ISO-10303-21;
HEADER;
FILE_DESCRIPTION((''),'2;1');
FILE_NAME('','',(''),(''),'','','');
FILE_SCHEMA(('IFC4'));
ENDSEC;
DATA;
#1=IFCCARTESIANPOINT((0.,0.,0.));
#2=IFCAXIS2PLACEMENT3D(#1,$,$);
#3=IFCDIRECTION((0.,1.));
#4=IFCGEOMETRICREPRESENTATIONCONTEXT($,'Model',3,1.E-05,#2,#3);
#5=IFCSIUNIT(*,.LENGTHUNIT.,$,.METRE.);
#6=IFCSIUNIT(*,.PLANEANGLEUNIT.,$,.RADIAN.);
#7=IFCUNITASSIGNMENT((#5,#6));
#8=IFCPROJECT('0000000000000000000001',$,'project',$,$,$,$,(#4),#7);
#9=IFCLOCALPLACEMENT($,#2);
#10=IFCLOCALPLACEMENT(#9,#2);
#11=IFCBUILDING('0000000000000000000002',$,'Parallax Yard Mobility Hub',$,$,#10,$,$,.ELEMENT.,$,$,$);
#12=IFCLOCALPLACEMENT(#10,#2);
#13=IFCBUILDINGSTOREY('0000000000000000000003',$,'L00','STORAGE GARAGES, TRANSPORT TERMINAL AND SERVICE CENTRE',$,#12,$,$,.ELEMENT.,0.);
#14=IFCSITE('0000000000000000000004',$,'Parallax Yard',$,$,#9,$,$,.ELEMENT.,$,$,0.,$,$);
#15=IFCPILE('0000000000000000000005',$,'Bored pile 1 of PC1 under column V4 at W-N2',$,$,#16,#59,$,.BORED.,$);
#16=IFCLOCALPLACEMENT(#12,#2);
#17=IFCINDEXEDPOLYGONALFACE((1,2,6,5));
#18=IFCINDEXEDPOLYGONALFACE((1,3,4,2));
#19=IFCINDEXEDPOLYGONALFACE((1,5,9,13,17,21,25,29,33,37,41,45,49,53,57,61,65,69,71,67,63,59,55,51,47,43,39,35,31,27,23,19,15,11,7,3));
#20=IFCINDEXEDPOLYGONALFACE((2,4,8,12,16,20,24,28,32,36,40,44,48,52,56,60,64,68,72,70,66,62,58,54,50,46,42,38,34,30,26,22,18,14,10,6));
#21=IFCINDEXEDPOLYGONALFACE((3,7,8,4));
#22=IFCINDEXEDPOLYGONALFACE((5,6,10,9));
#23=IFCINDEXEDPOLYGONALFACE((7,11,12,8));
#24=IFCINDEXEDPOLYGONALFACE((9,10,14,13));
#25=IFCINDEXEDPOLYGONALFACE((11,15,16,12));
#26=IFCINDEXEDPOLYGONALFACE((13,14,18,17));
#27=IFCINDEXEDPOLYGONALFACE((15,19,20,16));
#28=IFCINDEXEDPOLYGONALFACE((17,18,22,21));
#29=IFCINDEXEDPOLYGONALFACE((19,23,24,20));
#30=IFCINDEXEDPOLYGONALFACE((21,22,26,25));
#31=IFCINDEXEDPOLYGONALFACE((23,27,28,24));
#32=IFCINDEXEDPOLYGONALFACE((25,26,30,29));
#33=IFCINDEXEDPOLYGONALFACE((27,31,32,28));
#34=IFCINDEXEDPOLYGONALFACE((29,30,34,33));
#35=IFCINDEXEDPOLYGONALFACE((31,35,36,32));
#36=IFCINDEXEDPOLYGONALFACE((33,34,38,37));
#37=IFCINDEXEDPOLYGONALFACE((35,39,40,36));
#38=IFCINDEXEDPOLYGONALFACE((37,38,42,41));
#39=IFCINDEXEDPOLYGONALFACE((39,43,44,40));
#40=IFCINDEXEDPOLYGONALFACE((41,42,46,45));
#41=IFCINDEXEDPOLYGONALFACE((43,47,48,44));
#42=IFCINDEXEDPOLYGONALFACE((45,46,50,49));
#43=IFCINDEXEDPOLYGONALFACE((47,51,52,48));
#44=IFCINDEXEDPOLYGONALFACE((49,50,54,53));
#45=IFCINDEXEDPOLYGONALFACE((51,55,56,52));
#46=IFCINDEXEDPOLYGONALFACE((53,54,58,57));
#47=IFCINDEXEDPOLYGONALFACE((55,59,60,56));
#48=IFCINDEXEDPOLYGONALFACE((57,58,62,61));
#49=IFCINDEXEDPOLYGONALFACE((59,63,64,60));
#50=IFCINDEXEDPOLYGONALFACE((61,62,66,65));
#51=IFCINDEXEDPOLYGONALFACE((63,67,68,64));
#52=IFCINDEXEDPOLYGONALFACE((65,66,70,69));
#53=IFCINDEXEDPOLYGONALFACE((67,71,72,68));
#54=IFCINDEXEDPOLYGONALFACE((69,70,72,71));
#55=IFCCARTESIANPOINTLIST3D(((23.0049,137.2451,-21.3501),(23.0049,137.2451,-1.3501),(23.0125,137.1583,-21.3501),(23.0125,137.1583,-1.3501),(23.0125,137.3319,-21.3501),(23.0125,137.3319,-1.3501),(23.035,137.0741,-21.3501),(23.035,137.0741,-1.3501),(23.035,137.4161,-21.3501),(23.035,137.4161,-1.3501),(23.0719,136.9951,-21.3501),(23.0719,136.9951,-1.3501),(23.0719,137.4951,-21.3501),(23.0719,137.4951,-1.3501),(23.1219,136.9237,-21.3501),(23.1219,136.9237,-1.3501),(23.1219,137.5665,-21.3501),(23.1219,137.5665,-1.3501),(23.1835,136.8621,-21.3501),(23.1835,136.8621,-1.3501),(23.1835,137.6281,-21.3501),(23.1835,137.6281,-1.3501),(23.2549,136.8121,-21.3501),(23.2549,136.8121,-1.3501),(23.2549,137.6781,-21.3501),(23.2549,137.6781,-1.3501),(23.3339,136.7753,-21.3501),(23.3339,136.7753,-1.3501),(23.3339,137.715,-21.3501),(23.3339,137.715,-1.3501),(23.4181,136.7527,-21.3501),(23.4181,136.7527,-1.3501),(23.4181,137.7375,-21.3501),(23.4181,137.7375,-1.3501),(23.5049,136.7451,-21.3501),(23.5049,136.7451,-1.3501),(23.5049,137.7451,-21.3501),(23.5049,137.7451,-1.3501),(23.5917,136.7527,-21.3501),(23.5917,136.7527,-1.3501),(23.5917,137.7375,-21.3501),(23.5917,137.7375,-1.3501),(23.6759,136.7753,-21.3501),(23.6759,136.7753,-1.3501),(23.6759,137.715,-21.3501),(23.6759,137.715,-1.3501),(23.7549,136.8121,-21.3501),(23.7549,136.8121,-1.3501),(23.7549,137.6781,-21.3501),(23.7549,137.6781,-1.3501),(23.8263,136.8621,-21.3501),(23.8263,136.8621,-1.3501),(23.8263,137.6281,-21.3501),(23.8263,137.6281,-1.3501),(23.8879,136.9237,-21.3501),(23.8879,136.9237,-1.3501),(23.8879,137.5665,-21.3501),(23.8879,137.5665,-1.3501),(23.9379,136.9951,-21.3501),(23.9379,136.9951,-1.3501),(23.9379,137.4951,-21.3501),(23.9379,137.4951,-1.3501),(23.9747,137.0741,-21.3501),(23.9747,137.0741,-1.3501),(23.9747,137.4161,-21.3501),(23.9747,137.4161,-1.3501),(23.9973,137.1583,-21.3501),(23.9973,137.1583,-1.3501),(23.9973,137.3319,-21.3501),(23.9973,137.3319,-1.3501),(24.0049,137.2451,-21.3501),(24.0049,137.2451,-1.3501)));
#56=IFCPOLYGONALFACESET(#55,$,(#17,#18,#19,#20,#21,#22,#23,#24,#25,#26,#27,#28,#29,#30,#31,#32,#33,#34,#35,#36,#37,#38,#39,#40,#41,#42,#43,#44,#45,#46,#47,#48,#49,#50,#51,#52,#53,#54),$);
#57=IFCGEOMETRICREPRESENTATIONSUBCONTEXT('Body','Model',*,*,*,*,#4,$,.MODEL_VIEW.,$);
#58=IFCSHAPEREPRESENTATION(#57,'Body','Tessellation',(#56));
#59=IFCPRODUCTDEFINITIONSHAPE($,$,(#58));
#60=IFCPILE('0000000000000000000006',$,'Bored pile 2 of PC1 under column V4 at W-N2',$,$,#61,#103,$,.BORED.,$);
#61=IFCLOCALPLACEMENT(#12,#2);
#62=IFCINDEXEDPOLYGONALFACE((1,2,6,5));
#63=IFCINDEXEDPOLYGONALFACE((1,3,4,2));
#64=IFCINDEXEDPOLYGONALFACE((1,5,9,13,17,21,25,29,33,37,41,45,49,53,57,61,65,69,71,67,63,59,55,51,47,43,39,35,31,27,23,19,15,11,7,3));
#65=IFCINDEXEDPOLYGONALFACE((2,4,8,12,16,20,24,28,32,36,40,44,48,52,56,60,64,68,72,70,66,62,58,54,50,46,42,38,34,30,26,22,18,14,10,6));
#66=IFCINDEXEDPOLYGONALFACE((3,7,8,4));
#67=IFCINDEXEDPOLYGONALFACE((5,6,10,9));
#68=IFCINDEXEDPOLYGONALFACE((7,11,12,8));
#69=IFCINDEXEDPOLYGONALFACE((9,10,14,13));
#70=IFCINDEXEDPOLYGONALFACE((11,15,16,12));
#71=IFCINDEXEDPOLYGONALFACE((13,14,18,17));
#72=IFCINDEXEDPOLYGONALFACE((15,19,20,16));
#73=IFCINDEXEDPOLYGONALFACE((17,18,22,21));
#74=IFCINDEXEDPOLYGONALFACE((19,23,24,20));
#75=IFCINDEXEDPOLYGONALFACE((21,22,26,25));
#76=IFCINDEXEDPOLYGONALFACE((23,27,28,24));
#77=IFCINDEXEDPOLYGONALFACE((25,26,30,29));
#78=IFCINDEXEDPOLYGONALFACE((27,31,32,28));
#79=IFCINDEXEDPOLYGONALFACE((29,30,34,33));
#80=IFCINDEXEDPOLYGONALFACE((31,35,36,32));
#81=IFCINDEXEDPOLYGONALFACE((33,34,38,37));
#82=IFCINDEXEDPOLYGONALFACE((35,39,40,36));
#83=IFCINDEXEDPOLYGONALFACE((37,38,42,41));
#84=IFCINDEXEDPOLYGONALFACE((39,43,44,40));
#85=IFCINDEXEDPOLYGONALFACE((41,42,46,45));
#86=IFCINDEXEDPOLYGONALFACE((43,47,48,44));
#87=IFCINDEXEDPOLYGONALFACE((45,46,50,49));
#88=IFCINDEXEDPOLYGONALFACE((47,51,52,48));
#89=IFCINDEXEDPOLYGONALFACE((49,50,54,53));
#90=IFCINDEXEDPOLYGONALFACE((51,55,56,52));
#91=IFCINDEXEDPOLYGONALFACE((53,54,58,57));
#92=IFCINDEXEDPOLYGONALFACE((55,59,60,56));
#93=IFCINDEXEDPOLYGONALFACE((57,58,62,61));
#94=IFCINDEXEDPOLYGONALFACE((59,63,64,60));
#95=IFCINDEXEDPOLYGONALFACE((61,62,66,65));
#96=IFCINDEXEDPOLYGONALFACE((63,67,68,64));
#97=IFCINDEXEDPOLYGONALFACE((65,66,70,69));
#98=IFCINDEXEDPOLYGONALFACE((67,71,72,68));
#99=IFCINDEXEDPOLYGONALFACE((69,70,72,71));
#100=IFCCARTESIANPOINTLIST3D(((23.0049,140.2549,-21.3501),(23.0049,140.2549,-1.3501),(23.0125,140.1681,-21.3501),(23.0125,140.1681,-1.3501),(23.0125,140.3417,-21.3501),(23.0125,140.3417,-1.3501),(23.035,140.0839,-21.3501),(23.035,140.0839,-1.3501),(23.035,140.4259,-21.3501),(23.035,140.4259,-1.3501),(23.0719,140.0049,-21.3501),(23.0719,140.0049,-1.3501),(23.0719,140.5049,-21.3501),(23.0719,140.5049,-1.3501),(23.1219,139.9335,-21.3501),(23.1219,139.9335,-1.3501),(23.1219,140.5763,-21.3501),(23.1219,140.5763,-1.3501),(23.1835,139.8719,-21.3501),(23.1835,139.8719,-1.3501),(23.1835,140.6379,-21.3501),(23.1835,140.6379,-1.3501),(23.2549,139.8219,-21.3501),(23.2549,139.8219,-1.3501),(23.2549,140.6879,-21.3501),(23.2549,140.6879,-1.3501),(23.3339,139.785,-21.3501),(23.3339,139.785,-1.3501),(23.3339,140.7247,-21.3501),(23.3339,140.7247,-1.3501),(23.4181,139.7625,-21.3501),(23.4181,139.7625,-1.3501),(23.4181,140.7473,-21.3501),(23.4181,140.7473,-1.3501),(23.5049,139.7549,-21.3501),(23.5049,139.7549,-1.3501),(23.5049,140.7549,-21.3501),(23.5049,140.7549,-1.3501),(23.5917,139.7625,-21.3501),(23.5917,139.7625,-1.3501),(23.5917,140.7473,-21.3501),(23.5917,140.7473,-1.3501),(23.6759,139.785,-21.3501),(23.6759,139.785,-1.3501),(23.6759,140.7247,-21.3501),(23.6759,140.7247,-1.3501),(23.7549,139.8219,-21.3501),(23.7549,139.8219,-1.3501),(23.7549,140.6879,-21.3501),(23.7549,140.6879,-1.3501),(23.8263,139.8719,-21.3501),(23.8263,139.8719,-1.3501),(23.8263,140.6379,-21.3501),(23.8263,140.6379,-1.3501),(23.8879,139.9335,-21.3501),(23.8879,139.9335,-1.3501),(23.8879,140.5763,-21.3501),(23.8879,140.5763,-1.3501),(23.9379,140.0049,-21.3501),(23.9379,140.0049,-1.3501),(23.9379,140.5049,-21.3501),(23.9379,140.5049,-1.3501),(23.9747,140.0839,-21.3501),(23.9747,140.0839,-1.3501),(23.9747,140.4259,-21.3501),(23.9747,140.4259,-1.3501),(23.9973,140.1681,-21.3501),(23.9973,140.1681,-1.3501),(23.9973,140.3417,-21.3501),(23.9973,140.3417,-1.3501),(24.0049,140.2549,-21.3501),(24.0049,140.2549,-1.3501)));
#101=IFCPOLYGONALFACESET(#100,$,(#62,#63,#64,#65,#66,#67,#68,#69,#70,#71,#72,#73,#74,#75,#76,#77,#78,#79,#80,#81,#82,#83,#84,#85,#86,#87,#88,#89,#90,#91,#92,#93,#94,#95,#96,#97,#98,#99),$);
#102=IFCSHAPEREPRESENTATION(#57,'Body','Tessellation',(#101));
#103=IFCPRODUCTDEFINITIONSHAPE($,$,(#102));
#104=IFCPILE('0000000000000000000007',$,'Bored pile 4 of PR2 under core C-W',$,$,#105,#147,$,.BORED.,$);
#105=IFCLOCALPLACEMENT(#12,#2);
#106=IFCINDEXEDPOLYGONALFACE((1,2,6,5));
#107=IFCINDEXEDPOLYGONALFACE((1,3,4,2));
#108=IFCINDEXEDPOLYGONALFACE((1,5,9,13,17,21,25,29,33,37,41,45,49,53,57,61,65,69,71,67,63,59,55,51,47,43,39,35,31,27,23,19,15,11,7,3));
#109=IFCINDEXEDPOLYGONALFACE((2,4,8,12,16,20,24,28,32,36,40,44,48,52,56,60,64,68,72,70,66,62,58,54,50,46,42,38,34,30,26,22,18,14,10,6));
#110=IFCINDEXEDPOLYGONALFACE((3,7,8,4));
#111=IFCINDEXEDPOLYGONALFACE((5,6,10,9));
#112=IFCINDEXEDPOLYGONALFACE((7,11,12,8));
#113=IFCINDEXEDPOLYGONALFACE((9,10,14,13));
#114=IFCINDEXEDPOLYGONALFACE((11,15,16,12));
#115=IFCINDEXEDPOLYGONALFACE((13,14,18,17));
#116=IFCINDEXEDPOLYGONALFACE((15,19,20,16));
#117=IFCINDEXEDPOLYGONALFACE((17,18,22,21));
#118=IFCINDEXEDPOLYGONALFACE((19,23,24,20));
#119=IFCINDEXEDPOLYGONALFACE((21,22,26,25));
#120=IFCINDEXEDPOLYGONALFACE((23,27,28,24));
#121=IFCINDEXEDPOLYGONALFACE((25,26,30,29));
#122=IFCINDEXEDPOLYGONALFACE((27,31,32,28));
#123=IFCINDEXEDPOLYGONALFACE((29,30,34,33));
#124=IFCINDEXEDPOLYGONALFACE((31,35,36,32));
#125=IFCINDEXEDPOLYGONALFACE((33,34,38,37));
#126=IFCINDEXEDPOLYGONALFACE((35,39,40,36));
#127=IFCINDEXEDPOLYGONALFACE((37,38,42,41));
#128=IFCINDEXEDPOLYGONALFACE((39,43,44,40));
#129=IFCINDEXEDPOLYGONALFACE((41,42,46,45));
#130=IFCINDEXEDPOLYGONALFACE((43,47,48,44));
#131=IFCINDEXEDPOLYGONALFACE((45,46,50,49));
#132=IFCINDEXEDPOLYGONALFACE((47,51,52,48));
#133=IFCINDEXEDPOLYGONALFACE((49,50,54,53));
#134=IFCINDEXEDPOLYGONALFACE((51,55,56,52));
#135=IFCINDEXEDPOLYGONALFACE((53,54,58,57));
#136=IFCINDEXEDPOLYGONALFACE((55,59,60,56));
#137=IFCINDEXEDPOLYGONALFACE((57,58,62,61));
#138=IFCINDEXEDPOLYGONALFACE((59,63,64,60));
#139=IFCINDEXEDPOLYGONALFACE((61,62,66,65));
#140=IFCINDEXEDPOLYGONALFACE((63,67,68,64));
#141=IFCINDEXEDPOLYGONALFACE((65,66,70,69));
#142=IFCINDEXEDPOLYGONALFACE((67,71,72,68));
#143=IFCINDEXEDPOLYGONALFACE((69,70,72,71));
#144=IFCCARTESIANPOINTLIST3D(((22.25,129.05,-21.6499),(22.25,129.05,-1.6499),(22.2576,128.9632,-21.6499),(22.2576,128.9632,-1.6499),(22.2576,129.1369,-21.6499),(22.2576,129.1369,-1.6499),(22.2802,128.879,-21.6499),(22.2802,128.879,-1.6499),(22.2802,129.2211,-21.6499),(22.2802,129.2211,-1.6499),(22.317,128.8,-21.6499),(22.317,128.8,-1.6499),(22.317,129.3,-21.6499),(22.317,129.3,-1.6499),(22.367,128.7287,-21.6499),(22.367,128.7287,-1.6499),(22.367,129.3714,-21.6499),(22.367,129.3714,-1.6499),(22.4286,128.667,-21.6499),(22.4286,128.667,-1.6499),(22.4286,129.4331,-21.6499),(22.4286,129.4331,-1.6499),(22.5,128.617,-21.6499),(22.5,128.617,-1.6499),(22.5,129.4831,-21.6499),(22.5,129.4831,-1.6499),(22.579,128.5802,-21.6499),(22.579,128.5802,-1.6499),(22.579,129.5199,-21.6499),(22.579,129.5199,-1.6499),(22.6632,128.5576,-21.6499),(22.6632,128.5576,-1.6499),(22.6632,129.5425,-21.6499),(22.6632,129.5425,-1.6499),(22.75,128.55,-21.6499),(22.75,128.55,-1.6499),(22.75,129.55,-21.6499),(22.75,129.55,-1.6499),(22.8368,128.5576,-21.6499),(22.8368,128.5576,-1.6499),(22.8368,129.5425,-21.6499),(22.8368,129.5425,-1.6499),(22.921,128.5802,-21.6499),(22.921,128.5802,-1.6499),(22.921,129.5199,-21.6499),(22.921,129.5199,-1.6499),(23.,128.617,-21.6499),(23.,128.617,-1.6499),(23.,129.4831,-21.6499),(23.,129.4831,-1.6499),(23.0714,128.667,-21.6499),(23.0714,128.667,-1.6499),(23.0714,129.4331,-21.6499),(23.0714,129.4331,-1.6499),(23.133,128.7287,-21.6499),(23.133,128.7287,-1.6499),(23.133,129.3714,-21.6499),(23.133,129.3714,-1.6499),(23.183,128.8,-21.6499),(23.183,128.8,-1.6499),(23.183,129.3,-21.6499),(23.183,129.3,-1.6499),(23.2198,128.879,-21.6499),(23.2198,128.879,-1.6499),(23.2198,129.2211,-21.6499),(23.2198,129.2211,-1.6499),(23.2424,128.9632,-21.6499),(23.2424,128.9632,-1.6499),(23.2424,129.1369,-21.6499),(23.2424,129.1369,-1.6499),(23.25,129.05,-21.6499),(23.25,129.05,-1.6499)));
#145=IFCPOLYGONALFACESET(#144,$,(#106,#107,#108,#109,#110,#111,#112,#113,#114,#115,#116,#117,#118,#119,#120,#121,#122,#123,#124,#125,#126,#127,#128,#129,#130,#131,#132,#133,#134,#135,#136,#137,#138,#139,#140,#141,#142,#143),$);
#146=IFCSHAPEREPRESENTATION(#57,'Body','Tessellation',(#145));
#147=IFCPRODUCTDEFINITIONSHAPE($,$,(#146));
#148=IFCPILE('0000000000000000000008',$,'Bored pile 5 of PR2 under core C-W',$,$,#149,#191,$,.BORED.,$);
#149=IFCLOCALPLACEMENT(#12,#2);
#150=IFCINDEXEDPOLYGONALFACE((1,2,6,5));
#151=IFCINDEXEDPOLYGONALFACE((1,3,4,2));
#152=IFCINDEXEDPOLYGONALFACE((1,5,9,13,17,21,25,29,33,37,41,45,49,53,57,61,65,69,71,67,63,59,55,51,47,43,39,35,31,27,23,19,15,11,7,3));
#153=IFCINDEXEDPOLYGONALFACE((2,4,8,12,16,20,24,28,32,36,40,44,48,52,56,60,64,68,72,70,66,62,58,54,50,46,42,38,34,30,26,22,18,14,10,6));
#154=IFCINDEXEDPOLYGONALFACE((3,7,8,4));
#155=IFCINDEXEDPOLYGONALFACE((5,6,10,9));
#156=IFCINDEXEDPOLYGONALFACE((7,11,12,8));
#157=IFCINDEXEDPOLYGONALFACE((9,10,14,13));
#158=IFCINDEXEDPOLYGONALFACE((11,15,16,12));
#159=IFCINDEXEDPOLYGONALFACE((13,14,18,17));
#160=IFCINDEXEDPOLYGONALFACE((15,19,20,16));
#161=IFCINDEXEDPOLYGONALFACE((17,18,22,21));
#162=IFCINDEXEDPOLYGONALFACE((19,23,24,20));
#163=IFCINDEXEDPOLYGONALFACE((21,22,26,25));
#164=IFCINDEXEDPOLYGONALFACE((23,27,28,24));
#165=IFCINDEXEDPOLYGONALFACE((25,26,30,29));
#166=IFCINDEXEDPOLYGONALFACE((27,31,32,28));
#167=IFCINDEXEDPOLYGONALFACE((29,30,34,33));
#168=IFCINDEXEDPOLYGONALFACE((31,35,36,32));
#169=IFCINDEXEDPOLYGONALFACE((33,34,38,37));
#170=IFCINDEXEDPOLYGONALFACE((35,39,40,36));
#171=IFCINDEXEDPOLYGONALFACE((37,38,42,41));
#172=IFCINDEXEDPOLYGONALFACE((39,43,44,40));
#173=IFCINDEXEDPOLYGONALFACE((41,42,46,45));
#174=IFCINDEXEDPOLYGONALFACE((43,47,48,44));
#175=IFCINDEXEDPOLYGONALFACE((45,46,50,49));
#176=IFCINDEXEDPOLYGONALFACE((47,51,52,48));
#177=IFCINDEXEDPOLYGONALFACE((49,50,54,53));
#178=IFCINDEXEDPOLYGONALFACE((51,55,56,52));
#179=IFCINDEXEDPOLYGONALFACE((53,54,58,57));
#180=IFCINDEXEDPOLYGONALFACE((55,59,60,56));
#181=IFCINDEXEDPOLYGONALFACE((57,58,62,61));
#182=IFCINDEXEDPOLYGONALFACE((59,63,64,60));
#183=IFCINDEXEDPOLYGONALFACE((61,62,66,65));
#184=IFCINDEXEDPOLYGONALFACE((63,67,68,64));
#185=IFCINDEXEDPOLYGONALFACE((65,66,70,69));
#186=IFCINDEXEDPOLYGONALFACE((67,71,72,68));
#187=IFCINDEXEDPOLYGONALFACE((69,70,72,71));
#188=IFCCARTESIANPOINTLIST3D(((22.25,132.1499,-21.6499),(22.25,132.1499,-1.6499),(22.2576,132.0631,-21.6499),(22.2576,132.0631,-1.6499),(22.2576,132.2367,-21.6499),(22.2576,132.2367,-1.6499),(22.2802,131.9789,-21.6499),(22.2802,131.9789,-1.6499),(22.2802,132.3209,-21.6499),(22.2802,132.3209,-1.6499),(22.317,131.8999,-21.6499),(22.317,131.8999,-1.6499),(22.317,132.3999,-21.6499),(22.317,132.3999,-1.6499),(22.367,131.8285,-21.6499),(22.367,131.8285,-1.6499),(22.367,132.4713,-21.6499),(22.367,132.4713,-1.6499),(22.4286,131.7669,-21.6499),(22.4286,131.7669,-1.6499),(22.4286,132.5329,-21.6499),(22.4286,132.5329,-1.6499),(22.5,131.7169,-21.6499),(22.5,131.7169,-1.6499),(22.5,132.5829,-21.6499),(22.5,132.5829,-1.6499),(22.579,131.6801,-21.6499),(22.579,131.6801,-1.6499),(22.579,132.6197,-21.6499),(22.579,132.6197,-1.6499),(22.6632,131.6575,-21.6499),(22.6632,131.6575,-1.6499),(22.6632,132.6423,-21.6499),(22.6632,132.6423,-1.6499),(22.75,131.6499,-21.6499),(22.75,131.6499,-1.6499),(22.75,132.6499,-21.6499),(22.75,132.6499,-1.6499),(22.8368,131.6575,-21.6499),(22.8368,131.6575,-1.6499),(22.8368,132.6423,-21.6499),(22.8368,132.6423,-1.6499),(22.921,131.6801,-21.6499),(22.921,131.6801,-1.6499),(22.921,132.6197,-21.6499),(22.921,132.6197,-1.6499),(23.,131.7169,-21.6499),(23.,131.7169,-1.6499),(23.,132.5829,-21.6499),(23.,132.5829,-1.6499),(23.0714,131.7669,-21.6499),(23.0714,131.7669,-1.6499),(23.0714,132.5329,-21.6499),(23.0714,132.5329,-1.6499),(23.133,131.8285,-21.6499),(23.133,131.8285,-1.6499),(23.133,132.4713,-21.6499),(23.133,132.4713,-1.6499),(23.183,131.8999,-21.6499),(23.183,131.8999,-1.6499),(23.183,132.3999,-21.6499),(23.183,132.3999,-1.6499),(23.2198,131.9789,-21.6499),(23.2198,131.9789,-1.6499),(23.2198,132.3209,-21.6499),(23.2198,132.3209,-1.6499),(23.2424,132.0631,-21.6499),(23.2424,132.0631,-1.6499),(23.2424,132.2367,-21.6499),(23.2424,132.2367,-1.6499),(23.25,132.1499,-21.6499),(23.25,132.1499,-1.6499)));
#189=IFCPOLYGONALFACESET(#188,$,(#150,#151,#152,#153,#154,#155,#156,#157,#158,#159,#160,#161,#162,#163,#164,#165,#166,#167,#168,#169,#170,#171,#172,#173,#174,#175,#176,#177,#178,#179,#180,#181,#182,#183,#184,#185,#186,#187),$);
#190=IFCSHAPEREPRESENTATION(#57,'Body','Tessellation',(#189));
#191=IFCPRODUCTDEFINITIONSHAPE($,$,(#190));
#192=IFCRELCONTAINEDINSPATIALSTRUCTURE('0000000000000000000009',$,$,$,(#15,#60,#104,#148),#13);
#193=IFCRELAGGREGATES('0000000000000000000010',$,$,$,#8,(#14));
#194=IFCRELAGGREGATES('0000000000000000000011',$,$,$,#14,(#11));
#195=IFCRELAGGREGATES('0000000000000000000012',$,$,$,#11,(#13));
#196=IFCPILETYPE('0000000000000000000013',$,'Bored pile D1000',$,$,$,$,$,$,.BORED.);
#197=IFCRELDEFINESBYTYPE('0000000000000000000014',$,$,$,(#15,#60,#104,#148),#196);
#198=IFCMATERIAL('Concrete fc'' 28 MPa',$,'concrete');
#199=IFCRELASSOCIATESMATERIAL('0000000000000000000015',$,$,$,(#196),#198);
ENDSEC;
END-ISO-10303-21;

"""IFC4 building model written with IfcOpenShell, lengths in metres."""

from ifc_helpers import new_model, si_unit, direction, frame, origin, origin_2d, place, context, subcontext, project, spatial, circle, extrude, material, material_profile, profile_set, type_object, element, save


model = new_model("IFC4")

# Units and contexts
model_context = context("Model", 3, precision=1e-05, world=origin(), true_north=direction((0.0, 1.0)))
body_context = subcontext(model_context, "Body", "Model", "MODEL_VIEW")
ifc_project = project(units=[si_unit("LENGTHUNIT", "METRE"), si_unit("PLANEANGLEUNIT", "RADIAN")], contexts=[model_context])

# Site, building, storey
site_placement = place(None, origin())
site = spatial("IfcSite", under=ifc_project, at=site_placement, Name="Parallax Yard", CompositionType="ELEMENT", RefElevation=0.0)
building_placement = place(site_placement, origin())
building = spatial("IfcBuilding", under=site, at=building_placement, Name="Parallax Yard Mobility Hub", CompositionType="ELEMENT")
storey_placement = place(building_placement, origin())
storey = spatial("IfcBuildingStorey", under=building, at=storey_placement, Name="L00", Description="STORAGE GARAGES, TRANSPORT TERMINAL AND SERVICE CENTRE", CompositionType="ELEMENT", Elevation=0.0)

# Piles
ifc_material_1 = material(Name="Concrete fc' 28 MPa", Category="concrete")
ifc_material_profile_1 = material_profile(ifc_material_1, circle(Radius=0.5, at=origin_2d()), Name="Bored pile D1000")
ifc_profile_set_1 = profile_set([ifc_material_profile_1], Name="Concrete fc' 28 MPa")
pile_type = type_object("IfcPileType", Name="Bored pile D1000", PredefinedType="BORED", material=ifc_profile_set_1)
for number, where, z_axis, x_axis, name in (
    (1, (23.5049, 137.2451, -1.3501), (0.0, 0.0, -1.0), (1.0, 0.0, 0.0), "Bored pile 1 of PC1 under column V4 at W-N2"),
    (2, (23.5049, 140.2549, -1.3501), (0.0, 0.0, -1.0), (1.0, 0.0, 0.0), "Bored pile 2 of PC1 under column V4 at W-N2"),
    (3, (22.75, 129.05, -1.6499), (0.0, 0.0, -1.0), (1.0, 0.0, 0.0), "Bored pile 4 of PR2 under core C-W"),
    (4, (22.75, 132.1499, -1.6499), (0.0, 0.0, -1.0), (1.0, 0.0, 0.0), "Bored pile 5 of PR2 under core C-W"),
):
    element("IfcPile", number, at=place(storey_placement, frame(where, z_axis=z_axis, x_axis=x_axis)), inside=storey, type_object=pile_type, Name=name, PredefinedType="BORED", context=body_context, shape_type="SweptSolid", body=[
        extrude(circle(Radius=0.5, at=origin_2d()), origin(), (0.0, 0.0, 1.0), 20.0),
    ])

save(model, "model.ifc")
